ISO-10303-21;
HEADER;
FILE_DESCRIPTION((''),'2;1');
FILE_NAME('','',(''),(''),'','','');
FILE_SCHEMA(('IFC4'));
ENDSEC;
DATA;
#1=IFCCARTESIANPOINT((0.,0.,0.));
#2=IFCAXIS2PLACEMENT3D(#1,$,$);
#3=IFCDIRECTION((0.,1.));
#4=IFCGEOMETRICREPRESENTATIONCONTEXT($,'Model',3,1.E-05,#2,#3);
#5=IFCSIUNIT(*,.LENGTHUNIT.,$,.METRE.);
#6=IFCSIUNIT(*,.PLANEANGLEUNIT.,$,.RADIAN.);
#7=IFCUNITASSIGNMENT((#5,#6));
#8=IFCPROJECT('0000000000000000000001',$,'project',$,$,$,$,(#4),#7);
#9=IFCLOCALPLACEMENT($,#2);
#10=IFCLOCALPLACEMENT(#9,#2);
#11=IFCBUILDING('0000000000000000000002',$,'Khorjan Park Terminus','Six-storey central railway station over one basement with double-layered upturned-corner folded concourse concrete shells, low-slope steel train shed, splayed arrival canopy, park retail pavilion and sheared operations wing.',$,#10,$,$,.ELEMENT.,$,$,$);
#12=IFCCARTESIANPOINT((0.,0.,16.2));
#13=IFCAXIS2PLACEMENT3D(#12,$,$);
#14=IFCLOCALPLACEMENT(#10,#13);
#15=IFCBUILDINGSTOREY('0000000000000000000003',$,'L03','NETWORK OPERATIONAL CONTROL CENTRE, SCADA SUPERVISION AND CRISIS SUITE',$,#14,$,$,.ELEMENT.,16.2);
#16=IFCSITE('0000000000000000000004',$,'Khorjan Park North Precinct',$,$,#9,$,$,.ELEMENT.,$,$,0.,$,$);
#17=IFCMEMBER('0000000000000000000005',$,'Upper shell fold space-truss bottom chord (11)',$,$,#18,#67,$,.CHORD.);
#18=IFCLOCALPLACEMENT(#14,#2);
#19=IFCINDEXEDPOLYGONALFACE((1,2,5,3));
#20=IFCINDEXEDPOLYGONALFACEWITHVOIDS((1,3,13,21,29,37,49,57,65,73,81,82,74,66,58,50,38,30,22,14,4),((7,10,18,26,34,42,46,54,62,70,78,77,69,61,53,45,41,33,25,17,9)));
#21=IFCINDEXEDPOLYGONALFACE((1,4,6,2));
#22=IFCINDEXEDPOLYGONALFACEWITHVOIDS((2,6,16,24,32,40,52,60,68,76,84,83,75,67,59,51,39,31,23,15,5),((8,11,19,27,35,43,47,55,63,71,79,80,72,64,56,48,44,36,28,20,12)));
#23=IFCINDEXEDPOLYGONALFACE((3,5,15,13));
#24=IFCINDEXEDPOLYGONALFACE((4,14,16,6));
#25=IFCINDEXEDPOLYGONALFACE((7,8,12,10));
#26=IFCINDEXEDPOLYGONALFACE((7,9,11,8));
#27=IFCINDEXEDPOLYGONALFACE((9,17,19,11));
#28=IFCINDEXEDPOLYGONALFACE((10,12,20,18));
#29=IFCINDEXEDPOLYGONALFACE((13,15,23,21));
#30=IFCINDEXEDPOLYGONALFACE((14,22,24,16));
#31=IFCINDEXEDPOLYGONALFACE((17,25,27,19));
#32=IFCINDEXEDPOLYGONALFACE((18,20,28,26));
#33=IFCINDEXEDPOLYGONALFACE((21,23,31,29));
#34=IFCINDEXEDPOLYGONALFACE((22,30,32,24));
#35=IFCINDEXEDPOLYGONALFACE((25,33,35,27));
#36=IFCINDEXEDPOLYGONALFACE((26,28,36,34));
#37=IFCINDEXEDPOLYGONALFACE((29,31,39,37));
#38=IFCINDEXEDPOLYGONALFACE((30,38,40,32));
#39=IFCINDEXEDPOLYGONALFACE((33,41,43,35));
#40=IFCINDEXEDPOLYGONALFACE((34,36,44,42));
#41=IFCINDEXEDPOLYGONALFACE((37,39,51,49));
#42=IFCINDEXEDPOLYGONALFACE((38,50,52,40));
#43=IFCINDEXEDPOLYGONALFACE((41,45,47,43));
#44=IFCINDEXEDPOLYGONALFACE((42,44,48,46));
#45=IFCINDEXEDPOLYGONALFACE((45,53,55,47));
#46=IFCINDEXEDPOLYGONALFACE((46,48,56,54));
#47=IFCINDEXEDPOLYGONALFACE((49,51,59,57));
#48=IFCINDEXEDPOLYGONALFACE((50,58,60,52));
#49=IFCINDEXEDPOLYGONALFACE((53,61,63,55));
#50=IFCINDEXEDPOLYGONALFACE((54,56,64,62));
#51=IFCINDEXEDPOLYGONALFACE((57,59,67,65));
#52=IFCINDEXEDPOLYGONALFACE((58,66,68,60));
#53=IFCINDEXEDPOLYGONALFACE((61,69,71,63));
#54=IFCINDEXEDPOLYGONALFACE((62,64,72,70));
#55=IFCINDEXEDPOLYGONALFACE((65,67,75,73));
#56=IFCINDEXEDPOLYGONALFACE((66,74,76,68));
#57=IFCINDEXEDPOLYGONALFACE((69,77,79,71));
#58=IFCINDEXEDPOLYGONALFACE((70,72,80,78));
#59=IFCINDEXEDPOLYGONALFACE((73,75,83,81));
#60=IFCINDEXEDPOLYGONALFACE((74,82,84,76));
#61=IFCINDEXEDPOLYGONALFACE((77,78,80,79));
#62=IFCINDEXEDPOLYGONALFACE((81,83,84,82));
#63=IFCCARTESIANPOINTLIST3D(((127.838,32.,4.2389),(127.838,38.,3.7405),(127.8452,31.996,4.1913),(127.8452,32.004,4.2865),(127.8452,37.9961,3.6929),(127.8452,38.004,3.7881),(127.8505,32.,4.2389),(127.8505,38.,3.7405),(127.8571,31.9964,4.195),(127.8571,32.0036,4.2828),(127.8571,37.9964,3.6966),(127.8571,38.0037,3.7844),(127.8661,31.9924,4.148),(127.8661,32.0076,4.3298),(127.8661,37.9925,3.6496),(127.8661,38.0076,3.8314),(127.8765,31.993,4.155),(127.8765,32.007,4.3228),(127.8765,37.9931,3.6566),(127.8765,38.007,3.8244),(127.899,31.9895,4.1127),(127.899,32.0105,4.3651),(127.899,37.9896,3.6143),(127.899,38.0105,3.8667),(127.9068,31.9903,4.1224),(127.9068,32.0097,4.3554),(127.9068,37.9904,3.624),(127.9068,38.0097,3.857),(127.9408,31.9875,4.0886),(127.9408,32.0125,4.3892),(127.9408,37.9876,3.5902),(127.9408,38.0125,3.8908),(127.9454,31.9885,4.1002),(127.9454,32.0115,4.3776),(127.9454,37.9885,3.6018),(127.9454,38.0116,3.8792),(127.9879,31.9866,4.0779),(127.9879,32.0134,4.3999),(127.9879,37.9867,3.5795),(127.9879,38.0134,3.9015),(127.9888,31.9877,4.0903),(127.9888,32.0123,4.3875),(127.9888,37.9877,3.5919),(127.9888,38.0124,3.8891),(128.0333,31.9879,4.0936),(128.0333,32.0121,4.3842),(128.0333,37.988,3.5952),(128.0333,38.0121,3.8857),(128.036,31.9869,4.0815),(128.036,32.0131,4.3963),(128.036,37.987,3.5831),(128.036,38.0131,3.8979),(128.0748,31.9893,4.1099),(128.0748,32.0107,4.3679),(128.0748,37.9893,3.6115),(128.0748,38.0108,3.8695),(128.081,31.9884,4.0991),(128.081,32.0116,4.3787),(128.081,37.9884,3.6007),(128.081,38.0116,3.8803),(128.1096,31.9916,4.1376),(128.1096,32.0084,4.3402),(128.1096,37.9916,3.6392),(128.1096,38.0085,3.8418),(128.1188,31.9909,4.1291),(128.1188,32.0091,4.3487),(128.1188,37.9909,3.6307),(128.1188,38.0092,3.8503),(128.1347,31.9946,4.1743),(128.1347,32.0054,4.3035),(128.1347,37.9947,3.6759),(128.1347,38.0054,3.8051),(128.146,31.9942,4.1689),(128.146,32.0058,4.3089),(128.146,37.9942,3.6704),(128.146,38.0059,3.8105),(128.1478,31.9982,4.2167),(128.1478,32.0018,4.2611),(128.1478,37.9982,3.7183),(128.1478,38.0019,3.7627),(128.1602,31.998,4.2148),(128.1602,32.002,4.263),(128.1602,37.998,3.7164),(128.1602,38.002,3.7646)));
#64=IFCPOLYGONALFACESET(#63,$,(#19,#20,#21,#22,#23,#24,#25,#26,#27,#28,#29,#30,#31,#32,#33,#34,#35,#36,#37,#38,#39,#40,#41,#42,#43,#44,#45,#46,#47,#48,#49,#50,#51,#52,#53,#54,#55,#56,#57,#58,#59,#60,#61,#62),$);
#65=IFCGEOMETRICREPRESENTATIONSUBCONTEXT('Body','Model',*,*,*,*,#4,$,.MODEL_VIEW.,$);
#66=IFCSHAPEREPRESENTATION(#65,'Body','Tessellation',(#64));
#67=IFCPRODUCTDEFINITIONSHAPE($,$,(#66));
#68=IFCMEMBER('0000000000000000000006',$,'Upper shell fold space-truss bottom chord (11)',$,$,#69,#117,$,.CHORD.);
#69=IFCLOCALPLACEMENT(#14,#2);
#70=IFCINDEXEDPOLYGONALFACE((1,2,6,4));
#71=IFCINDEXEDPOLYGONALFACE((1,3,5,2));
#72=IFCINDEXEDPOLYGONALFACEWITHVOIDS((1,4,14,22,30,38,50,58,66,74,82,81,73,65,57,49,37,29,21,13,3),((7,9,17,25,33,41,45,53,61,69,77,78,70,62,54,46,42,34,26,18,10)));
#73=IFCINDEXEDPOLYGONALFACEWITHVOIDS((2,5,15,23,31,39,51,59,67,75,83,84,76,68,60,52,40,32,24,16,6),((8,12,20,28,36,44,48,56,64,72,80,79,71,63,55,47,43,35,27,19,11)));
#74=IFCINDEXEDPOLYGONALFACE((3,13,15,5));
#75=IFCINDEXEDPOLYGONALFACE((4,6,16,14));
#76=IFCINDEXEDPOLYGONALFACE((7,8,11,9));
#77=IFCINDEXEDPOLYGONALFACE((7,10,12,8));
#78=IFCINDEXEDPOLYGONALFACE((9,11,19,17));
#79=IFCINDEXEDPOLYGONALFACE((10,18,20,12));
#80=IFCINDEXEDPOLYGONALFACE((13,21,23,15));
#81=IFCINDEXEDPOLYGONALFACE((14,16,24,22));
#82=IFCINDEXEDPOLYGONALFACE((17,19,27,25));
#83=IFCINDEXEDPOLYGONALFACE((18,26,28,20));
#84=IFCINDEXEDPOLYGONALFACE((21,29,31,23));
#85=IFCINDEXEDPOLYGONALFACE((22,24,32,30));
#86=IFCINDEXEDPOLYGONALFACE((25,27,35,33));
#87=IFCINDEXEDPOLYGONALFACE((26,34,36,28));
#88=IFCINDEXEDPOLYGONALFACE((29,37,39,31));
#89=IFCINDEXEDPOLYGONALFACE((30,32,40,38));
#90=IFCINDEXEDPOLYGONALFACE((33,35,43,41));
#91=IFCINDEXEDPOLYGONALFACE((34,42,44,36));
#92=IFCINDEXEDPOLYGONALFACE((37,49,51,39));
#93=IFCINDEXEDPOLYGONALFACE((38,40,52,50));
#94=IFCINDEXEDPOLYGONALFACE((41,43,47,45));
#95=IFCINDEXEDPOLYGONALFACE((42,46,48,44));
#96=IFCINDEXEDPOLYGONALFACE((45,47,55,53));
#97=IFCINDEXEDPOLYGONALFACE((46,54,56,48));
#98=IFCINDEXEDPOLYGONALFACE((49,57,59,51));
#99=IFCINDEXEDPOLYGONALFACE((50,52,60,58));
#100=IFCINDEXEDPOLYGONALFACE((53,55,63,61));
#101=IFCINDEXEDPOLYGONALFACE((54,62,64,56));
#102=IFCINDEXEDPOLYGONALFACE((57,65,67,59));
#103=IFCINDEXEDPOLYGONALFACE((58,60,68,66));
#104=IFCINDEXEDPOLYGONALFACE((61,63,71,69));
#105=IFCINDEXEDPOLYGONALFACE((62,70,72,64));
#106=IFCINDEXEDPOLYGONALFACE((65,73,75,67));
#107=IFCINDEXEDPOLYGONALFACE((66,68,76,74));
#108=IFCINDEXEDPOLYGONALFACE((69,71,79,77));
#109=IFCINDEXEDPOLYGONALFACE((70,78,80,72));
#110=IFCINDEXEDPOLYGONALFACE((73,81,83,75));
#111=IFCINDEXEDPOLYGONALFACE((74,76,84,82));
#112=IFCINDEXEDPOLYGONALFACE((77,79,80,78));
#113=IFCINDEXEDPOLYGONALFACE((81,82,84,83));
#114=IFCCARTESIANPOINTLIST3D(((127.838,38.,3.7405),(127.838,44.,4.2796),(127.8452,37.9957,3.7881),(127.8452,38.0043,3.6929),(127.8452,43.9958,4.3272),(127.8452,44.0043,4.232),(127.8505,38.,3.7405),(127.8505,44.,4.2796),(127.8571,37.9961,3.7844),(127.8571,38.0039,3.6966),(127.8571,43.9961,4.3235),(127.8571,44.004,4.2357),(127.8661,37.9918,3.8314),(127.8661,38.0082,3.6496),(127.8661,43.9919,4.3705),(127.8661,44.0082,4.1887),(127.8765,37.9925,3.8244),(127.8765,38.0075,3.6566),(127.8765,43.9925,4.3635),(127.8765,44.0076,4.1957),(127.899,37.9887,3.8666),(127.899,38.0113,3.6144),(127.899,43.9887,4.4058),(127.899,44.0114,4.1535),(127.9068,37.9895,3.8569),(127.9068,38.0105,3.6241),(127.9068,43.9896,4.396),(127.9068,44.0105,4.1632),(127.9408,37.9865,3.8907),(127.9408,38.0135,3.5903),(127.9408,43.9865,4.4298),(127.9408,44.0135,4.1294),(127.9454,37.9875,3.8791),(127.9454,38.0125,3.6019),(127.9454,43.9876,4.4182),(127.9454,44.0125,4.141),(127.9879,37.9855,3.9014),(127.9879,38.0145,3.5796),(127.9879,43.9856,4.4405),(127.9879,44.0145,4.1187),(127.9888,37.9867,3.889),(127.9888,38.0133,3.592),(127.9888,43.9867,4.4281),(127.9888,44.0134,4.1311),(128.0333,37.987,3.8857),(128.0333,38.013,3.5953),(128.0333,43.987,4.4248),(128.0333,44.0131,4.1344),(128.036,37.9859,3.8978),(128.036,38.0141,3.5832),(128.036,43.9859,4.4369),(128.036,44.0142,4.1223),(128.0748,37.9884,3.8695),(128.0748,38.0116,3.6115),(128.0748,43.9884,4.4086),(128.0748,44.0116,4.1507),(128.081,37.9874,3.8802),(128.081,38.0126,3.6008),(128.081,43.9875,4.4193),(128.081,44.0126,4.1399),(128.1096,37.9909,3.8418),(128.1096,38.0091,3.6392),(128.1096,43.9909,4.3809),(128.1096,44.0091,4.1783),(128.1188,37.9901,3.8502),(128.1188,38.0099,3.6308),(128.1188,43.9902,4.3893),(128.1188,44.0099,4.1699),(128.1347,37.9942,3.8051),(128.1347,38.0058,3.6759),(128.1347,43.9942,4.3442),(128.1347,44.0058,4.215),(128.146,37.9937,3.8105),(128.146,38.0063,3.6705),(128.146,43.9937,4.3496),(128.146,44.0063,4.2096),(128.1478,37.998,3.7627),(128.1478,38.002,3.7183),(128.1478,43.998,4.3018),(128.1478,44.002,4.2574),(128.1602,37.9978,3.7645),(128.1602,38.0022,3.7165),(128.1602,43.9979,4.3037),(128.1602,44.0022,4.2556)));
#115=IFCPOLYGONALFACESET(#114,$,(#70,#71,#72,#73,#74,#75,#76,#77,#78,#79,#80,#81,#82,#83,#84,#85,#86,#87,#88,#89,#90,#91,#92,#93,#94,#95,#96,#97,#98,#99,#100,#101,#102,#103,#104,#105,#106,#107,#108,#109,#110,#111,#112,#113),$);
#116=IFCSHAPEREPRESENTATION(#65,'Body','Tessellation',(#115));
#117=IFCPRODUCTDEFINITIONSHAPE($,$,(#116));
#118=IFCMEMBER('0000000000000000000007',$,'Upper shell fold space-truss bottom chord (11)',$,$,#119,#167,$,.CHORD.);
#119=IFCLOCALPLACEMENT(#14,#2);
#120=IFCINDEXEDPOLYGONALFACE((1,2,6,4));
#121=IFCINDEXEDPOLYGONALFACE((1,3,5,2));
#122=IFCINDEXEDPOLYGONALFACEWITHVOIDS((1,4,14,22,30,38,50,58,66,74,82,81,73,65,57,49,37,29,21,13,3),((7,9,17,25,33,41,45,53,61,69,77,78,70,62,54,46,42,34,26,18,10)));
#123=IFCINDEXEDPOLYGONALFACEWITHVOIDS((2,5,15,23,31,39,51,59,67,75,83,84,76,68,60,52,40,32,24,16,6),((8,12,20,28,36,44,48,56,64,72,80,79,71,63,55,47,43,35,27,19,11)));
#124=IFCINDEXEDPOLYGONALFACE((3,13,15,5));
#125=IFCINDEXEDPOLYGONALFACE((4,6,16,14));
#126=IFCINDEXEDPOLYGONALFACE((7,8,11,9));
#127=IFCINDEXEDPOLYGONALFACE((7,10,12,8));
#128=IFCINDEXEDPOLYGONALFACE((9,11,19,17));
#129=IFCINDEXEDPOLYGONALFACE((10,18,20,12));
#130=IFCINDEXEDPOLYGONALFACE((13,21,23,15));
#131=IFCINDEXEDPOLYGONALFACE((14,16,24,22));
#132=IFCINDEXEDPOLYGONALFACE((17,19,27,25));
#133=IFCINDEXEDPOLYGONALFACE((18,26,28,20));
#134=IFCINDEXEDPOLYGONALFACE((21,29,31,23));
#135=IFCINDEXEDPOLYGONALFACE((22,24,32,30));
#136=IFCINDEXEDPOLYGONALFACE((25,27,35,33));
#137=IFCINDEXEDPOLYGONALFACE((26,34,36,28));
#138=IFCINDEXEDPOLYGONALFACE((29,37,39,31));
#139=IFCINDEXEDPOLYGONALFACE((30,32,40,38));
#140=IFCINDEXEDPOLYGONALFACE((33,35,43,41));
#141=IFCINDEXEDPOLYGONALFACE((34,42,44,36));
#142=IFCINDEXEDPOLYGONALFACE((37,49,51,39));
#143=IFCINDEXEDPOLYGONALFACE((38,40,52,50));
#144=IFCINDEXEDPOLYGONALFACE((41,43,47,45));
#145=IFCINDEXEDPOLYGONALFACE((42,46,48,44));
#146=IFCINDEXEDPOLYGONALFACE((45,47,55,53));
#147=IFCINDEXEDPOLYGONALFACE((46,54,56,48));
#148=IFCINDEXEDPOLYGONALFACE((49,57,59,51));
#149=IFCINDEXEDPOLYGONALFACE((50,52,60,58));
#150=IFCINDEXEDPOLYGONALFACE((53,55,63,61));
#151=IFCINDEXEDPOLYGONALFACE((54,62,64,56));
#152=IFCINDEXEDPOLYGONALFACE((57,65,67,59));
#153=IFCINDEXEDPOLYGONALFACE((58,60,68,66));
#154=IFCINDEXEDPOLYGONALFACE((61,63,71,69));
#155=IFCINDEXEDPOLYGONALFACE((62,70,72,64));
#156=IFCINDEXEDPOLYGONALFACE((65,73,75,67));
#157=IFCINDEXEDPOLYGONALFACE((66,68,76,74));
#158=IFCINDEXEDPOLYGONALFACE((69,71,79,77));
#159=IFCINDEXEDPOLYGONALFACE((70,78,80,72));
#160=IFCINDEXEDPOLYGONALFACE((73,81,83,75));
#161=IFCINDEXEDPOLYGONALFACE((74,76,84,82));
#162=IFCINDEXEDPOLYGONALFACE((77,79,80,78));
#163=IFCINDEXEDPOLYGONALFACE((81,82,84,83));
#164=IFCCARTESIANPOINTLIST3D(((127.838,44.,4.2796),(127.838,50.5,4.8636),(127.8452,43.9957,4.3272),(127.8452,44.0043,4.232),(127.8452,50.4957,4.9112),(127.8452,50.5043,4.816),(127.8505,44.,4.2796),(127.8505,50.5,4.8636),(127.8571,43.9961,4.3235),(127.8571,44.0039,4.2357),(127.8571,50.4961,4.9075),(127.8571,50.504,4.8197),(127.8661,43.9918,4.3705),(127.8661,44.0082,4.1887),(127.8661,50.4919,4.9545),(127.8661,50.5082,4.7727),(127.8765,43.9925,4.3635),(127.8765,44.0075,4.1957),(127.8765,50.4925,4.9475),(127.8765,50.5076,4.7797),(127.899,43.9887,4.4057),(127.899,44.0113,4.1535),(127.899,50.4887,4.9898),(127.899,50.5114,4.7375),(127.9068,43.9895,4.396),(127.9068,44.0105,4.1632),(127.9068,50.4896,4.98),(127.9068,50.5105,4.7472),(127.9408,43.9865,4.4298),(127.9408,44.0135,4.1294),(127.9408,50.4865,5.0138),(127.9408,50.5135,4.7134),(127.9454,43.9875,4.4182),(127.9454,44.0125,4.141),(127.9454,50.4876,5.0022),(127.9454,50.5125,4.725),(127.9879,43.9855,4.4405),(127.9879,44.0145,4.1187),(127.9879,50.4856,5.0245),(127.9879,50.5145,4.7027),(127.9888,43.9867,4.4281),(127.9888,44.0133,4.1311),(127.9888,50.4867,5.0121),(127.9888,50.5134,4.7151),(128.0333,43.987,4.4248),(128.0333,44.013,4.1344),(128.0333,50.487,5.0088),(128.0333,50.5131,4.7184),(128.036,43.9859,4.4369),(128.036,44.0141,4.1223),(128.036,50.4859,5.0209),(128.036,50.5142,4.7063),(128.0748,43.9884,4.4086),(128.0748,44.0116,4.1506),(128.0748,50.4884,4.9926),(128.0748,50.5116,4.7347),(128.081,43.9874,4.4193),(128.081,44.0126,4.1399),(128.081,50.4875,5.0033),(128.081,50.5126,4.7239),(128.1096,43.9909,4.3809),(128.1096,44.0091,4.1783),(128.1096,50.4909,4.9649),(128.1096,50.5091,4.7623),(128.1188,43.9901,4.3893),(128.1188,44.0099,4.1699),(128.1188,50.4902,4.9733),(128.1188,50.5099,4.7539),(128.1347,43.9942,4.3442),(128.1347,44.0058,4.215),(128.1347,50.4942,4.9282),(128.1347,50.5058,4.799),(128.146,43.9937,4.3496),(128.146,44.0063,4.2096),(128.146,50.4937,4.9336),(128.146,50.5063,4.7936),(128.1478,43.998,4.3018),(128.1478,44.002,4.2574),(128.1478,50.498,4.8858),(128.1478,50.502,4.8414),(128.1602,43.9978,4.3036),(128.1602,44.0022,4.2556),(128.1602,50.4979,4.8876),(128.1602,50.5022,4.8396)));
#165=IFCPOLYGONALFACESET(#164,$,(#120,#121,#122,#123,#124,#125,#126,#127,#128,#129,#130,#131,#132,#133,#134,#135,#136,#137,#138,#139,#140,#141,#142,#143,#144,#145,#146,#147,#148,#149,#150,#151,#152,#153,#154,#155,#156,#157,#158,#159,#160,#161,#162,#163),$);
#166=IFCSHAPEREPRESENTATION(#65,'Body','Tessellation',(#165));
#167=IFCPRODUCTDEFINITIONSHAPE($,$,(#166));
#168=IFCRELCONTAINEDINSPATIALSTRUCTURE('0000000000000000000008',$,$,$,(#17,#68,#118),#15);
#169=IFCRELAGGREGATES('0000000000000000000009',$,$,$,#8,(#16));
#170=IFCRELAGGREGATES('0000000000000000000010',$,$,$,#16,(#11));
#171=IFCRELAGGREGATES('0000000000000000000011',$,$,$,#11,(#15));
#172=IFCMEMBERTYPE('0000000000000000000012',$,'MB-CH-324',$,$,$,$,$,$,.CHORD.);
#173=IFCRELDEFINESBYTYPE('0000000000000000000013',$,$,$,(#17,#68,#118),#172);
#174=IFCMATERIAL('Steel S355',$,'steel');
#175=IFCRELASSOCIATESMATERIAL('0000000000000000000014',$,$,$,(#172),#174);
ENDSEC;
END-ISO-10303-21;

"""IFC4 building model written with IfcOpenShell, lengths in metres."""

from ifc_helpers import new_model, si_unit, direction, frame, origin, origin_2d, place, context, subcontext, project, spatial, hollow_circle, extrude, material, material_profile, profile_set, type_object, element, save


model = new_model("IFC4")

# Units and contexts
model_context = context("Model", 3, precision=1e-05, world=origin(), true_north=direction((0.0, 1.0)))
body_context = subcontext(model_context, "Body", "Model", "MODEL_VIEW")
ifc_project = project(units=[si_unit("LENGTHUNIT", "METRE"), si_unit("PLANEANGLEUNIT", "RADIAN")], contexts=[model_context])

# Site, building, storey
site_placement = place(None, origin())
site = spatial("IfcSite", under=ifc_project, at=site_placement, Name="Khorjan Park North Precinct", CompositionType="ELEMENT", RefElevation=0.0)
building_placement = place(site_placement, origin())
building = spatial("IfcBuilding", under=site, at=building_placement, Name="Khorjan Park Terminus", Description="Six-storey central railway station over one basement with double-layered upturned-corner folded concourse concrete shells, low-slope steel train shed, splayed arrival canopy, park retail pavilion and sheared operations wing.", CompositionType="ELEMENT")
storey_placement = place(building_placement, frame((0.0, 0.0, 16.2)))
storey = spatial("IfcBuildingStorey", under=building, at=storey_placement, Name="L03", Description="NETWORK OPERATIONAL CONTROL CENTRE, SCADA SUPERVISION AND CRISIS SUITE", CompositionType="ELEMENT", Elevation=16.2)

# Members
ifc_material = material(Name="Steel S355", Category="steel")
ifc_material_profile_1 = material_profile(ifc_material, hollow_circle(Radius=0.162, WallThickness=0.0125, at=origin_2d()), Name="CHS 323.9x12.5")
ifc_profile_set_1 = profile_set([ifc_material_profile_1], Name="Steel S355")
member_type_1 = type_object("IfcMemberType", Name="MB-CH-324", PredefinedType="CHORD", material=ifc_profile_set_1)
member_1_placement = place(storey_placement, frame((128.0, 32.0, 4.2389), z_axis=(0.0, 0.996568, -0.082782), x_axis=(-1.0, 0.0, 0.0)))
element("IfcMember", 1, at=member_1_placement, inside=storey, type_object=member_type_1, Name="Upper shell fold space-truss bottom chord (11)", PredefinedType="CHORD", context=body_context, shape_type="SweptSolid", body=[
    extrude(hollow_circle(Radius=0.162, WallThickness=0.0125, at=origin_2d()), origin(), (0.0, 0.0, 1.0), 6.0207),
])
member_2_placement = place(storey_placement, frame((128.0, 38.0, 3.7405), z_axis=(0.0, 0.995988, 0.08949), x_axis=(-1.0, 0.0, 0.0)))
element("IfcMember", 2, at=member_2_placement, inside=storey, type_object=member_type_1, Name="Upper shell fold space-truss bottom chord (11)", PredefinedType="CHORD", context=body_context, shape_type="SweptSolid", body=[
    extrude(hollow_circle(Radius=0.162, WallThickness=0.0125, at=origin_2d()), origin(), (0.0, 0.0, 1.0), 6.0242),
])
member_3_placement = place(storey_placement, frame((128.0, 44.0, 4.2796), z_axis=(0.0, 0.995988, 0.089486), x_axis=(-1.0, 0.0, 0.0)))
element("IfcMember", 3, at=member_3_placement, inside=storey, type_object=member_type_1, Name="Upper shell fold space-truss bottom chord (11)", PredefinedType="CHORD", context=body_context, shape_type="SweptSolid", body=[
    extrude(hollow_circle(Radius=0.162, WallThickness=0.0125, at=origin_2d()), origin(), (0.0, 0.0, 1.0), 6.5262),
])

save(model, "model.ifc")
